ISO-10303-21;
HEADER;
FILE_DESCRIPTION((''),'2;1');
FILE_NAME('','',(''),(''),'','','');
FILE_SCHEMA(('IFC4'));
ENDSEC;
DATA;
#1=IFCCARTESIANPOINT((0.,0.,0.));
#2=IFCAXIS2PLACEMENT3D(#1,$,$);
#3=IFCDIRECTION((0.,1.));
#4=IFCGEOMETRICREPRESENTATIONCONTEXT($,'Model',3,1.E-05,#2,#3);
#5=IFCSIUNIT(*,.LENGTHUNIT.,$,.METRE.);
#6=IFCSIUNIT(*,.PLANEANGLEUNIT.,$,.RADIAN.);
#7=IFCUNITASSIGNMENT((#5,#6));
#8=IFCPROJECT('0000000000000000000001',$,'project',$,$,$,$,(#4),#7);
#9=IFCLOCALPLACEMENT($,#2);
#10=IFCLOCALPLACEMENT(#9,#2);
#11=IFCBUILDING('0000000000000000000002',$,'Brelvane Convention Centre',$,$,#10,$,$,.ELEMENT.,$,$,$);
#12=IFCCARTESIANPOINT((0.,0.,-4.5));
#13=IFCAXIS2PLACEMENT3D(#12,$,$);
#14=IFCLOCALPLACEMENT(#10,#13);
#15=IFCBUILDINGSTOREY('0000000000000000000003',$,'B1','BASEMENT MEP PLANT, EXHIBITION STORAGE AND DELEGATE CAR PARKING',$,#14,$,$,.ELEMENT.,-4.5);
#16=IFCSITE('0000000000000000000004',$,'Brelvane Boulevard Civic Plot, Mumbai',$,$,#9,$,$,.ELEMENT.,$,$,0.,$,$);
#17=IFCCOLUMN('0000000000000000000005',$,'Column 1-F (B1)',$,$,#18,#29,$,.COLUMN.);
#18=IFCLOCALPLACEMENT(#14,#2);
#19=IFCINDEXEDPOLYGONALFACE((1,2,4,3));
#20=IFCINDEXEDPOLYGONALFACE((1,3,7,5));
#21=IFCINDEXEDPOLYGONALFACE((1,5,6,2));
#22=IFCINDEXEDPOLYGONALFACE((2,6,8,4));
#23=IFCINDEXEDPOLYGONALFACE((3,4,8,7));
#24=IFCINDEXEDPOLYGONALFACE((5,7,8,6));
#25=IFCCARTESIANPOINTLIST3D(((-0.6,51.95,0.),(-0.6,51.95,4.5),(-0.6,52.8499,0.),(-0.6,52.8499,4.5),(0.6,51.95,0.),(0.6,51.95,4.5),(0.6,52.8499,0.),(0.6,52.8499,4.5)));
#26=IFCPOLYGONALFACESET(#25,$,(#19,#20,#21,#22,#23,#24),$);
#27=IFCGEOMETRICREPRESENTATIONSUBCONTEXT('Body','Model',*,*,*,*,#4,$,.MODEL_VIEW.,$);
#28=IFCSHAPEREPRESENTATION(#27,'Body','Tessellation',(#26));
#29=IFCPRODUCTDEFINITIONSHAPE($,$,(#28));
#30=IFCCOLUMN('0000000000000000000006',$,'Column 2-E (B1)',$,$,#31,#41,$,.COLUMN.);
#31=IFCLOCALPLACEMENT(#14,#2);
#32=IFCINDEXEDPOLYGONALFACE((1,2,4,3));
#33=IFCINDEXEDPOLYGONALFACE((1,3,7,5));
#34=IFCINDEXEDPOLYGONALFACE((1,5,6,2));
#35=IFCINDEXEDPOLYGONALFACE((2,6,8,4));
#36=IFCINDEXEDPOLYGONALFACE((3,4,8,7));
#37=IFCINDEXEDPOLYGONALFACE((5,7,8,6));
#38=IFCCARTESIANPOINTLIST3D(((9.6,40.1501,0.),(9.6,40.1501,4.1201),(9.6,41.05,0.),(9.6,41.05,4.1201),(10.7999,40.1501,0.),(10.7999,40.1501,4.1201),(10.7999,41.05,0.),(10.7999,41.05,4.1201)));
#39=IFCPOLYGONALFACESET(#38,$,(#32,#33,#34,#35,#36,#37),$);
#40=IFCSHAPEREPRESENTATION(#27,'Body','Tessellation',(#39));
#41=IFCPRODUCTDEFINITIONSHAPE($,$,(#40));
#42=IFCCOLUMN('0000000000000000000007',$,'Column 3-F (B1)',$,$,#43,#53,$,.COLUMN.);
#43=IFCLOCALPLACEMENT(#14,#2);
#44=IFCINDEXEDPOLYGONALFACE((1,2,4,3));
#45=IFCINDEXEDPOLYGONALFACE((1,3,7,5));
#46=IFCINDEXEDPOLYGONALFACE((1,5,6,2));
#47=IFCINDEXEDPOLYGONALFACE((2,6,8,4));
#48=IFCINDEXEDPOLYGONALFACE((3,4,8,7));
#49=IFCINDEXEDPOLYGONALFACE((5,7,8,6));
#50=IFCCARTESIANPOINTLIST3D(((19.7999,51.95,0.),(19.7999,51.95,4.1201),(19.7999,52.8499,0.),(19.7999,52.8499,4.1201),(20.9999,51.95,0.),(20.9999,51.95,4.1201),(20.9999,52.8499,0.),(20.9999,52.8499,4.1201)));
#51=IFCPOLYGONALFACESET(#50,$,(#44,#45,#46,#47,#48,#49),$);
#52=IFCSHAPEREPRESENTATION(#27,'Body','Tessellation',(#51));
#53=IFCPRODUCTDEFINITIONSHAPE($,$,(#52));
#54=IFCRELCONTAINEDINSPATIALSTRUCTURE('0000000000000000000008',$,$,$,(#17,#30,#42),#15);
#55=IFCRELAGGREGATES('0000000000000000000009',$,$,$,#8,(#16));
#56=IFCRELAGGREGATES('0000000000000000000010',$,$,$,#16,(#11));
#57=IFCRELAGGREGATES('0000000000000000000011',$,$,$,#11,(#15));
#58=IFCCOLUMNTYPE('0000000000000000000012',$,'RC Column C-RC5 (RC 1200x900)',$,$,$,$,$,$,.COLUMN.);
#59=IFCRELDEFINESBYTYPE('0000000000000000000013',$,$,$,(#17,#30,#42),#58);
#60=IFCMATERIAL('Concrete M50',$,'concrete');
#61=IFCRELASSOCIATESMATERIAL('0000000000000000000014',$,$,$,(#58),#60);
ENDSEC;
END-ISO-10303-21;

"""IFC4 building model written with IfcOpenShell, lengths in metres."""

from ifc_helpers import new_model, si_unit, direction, frame, origin, origin_2d, place, context, subcontext, project, spatial, rectangle, extrude, material, material_profile, profile_set, type_object, element, save


model = new_model("IFC4")

# Units and contexts
model_context = context("Model", 3, precision=1e-05, world=origin(), true_north=direction((0.0, 1.0)))
body_context = subcontext(model_context, "Body", "Model", "MODEL_VIEW")
ifc_project = project(units=[si_unit("LENGTHUNIT", "METRE"), si_unit("PLANEANGLEUNIT", "RADIAN")], contexts=[model_context])

# Site, building, storey
site_placement = place(None, origin())
site = spatial("IfcSite", under=ifc_project, at=site_placement, Name="Brelvane Boulevard Civic Plot, Mumbai", CompositionType="ELEMENT", RefElevation=0.0)
building_placement = place(site_placement, origin())
building = spatial("IfcBuilding", under=site, at=building_placement, Name="Brelvane Convention Centre", CompositionType="ELEMENT")
storey_placement = place(building_placement, frame((0.0, 0.0, -4.5)))
storey = spatial("IfcBuildingStorey", under=building, at=storey_placement, Name="B1", Description="BASEMENT MEP PLANT, EXHIBITION STORAGE AND DELEGATE CAR PARKING", CompositionType="ELEMENT", Elevation=-4.5)

# Columns
ifc_material_1 = material(Name="Concrete M50", Category="concrete")
ifc_material_profile_1 = material_profile(ifc_material_1, rectangle(XDim=1.2, YDim=0.8999, at=origin_2d()), Name="RC 1200x900")
ifc_profile_set_1 = profile_set([ifc_material_profile_1], Name="Concrete M50")
column_type_1 = type_object("IfcColumnType", Name="RC Column C-RC5 (RC 1200x900)", PredefinedType="COLUMN", material=ifc_profile_set_1)
column_placement = place(storey_placement, frame((0.0, 52.3999, 0.0), z_axis=(0.0, 0.0, 1.0), x_axis=(1.0, 0.0, 0.0)))
element("IfcColumn", 1, at=column_placement, inside=storey, type_object=column_type_1, Name="Column 1-F (B1)", PredefinedType="COLUMN", context=body_context, shape_type="SweptSolid", body=[
    extrude(rectangle(XDim=1.2, YDim=0.8999, at=origin_2d()), origin(), (0.0, 0.0, 1.0), 4.5),
])
for number, where, z_axis, x_axis, name in (
    (2, (10.2, 40.6001, 0.0), (0.0, 0.0, 1.0), (1.0, 0.0, 0.0), "Column 2-E (B1)"),
    (3, (20.3999, 52.3999, 0.0), (0.0, 0.0, 1.0), (1.0, 0.0, 0.0), "Column 3-F (B1)"),
):
    element("IfcColumn", number, at=place(storey_placement, frame(where, z_axis=z_axis, x_axis=x_axis)), inside=storey, type_object=column_type_1, Name=name, PredefinedType="COLUMN", context=body_context, shape_type="SweptSolid", body=[
        extrude(rectangle(XDim=1.2, YDim=0.8999, at=origin_2d()), origin(), (0.0, 0.0, 1.0), 4.1201),
    ])

save(model, "model.ifc")
